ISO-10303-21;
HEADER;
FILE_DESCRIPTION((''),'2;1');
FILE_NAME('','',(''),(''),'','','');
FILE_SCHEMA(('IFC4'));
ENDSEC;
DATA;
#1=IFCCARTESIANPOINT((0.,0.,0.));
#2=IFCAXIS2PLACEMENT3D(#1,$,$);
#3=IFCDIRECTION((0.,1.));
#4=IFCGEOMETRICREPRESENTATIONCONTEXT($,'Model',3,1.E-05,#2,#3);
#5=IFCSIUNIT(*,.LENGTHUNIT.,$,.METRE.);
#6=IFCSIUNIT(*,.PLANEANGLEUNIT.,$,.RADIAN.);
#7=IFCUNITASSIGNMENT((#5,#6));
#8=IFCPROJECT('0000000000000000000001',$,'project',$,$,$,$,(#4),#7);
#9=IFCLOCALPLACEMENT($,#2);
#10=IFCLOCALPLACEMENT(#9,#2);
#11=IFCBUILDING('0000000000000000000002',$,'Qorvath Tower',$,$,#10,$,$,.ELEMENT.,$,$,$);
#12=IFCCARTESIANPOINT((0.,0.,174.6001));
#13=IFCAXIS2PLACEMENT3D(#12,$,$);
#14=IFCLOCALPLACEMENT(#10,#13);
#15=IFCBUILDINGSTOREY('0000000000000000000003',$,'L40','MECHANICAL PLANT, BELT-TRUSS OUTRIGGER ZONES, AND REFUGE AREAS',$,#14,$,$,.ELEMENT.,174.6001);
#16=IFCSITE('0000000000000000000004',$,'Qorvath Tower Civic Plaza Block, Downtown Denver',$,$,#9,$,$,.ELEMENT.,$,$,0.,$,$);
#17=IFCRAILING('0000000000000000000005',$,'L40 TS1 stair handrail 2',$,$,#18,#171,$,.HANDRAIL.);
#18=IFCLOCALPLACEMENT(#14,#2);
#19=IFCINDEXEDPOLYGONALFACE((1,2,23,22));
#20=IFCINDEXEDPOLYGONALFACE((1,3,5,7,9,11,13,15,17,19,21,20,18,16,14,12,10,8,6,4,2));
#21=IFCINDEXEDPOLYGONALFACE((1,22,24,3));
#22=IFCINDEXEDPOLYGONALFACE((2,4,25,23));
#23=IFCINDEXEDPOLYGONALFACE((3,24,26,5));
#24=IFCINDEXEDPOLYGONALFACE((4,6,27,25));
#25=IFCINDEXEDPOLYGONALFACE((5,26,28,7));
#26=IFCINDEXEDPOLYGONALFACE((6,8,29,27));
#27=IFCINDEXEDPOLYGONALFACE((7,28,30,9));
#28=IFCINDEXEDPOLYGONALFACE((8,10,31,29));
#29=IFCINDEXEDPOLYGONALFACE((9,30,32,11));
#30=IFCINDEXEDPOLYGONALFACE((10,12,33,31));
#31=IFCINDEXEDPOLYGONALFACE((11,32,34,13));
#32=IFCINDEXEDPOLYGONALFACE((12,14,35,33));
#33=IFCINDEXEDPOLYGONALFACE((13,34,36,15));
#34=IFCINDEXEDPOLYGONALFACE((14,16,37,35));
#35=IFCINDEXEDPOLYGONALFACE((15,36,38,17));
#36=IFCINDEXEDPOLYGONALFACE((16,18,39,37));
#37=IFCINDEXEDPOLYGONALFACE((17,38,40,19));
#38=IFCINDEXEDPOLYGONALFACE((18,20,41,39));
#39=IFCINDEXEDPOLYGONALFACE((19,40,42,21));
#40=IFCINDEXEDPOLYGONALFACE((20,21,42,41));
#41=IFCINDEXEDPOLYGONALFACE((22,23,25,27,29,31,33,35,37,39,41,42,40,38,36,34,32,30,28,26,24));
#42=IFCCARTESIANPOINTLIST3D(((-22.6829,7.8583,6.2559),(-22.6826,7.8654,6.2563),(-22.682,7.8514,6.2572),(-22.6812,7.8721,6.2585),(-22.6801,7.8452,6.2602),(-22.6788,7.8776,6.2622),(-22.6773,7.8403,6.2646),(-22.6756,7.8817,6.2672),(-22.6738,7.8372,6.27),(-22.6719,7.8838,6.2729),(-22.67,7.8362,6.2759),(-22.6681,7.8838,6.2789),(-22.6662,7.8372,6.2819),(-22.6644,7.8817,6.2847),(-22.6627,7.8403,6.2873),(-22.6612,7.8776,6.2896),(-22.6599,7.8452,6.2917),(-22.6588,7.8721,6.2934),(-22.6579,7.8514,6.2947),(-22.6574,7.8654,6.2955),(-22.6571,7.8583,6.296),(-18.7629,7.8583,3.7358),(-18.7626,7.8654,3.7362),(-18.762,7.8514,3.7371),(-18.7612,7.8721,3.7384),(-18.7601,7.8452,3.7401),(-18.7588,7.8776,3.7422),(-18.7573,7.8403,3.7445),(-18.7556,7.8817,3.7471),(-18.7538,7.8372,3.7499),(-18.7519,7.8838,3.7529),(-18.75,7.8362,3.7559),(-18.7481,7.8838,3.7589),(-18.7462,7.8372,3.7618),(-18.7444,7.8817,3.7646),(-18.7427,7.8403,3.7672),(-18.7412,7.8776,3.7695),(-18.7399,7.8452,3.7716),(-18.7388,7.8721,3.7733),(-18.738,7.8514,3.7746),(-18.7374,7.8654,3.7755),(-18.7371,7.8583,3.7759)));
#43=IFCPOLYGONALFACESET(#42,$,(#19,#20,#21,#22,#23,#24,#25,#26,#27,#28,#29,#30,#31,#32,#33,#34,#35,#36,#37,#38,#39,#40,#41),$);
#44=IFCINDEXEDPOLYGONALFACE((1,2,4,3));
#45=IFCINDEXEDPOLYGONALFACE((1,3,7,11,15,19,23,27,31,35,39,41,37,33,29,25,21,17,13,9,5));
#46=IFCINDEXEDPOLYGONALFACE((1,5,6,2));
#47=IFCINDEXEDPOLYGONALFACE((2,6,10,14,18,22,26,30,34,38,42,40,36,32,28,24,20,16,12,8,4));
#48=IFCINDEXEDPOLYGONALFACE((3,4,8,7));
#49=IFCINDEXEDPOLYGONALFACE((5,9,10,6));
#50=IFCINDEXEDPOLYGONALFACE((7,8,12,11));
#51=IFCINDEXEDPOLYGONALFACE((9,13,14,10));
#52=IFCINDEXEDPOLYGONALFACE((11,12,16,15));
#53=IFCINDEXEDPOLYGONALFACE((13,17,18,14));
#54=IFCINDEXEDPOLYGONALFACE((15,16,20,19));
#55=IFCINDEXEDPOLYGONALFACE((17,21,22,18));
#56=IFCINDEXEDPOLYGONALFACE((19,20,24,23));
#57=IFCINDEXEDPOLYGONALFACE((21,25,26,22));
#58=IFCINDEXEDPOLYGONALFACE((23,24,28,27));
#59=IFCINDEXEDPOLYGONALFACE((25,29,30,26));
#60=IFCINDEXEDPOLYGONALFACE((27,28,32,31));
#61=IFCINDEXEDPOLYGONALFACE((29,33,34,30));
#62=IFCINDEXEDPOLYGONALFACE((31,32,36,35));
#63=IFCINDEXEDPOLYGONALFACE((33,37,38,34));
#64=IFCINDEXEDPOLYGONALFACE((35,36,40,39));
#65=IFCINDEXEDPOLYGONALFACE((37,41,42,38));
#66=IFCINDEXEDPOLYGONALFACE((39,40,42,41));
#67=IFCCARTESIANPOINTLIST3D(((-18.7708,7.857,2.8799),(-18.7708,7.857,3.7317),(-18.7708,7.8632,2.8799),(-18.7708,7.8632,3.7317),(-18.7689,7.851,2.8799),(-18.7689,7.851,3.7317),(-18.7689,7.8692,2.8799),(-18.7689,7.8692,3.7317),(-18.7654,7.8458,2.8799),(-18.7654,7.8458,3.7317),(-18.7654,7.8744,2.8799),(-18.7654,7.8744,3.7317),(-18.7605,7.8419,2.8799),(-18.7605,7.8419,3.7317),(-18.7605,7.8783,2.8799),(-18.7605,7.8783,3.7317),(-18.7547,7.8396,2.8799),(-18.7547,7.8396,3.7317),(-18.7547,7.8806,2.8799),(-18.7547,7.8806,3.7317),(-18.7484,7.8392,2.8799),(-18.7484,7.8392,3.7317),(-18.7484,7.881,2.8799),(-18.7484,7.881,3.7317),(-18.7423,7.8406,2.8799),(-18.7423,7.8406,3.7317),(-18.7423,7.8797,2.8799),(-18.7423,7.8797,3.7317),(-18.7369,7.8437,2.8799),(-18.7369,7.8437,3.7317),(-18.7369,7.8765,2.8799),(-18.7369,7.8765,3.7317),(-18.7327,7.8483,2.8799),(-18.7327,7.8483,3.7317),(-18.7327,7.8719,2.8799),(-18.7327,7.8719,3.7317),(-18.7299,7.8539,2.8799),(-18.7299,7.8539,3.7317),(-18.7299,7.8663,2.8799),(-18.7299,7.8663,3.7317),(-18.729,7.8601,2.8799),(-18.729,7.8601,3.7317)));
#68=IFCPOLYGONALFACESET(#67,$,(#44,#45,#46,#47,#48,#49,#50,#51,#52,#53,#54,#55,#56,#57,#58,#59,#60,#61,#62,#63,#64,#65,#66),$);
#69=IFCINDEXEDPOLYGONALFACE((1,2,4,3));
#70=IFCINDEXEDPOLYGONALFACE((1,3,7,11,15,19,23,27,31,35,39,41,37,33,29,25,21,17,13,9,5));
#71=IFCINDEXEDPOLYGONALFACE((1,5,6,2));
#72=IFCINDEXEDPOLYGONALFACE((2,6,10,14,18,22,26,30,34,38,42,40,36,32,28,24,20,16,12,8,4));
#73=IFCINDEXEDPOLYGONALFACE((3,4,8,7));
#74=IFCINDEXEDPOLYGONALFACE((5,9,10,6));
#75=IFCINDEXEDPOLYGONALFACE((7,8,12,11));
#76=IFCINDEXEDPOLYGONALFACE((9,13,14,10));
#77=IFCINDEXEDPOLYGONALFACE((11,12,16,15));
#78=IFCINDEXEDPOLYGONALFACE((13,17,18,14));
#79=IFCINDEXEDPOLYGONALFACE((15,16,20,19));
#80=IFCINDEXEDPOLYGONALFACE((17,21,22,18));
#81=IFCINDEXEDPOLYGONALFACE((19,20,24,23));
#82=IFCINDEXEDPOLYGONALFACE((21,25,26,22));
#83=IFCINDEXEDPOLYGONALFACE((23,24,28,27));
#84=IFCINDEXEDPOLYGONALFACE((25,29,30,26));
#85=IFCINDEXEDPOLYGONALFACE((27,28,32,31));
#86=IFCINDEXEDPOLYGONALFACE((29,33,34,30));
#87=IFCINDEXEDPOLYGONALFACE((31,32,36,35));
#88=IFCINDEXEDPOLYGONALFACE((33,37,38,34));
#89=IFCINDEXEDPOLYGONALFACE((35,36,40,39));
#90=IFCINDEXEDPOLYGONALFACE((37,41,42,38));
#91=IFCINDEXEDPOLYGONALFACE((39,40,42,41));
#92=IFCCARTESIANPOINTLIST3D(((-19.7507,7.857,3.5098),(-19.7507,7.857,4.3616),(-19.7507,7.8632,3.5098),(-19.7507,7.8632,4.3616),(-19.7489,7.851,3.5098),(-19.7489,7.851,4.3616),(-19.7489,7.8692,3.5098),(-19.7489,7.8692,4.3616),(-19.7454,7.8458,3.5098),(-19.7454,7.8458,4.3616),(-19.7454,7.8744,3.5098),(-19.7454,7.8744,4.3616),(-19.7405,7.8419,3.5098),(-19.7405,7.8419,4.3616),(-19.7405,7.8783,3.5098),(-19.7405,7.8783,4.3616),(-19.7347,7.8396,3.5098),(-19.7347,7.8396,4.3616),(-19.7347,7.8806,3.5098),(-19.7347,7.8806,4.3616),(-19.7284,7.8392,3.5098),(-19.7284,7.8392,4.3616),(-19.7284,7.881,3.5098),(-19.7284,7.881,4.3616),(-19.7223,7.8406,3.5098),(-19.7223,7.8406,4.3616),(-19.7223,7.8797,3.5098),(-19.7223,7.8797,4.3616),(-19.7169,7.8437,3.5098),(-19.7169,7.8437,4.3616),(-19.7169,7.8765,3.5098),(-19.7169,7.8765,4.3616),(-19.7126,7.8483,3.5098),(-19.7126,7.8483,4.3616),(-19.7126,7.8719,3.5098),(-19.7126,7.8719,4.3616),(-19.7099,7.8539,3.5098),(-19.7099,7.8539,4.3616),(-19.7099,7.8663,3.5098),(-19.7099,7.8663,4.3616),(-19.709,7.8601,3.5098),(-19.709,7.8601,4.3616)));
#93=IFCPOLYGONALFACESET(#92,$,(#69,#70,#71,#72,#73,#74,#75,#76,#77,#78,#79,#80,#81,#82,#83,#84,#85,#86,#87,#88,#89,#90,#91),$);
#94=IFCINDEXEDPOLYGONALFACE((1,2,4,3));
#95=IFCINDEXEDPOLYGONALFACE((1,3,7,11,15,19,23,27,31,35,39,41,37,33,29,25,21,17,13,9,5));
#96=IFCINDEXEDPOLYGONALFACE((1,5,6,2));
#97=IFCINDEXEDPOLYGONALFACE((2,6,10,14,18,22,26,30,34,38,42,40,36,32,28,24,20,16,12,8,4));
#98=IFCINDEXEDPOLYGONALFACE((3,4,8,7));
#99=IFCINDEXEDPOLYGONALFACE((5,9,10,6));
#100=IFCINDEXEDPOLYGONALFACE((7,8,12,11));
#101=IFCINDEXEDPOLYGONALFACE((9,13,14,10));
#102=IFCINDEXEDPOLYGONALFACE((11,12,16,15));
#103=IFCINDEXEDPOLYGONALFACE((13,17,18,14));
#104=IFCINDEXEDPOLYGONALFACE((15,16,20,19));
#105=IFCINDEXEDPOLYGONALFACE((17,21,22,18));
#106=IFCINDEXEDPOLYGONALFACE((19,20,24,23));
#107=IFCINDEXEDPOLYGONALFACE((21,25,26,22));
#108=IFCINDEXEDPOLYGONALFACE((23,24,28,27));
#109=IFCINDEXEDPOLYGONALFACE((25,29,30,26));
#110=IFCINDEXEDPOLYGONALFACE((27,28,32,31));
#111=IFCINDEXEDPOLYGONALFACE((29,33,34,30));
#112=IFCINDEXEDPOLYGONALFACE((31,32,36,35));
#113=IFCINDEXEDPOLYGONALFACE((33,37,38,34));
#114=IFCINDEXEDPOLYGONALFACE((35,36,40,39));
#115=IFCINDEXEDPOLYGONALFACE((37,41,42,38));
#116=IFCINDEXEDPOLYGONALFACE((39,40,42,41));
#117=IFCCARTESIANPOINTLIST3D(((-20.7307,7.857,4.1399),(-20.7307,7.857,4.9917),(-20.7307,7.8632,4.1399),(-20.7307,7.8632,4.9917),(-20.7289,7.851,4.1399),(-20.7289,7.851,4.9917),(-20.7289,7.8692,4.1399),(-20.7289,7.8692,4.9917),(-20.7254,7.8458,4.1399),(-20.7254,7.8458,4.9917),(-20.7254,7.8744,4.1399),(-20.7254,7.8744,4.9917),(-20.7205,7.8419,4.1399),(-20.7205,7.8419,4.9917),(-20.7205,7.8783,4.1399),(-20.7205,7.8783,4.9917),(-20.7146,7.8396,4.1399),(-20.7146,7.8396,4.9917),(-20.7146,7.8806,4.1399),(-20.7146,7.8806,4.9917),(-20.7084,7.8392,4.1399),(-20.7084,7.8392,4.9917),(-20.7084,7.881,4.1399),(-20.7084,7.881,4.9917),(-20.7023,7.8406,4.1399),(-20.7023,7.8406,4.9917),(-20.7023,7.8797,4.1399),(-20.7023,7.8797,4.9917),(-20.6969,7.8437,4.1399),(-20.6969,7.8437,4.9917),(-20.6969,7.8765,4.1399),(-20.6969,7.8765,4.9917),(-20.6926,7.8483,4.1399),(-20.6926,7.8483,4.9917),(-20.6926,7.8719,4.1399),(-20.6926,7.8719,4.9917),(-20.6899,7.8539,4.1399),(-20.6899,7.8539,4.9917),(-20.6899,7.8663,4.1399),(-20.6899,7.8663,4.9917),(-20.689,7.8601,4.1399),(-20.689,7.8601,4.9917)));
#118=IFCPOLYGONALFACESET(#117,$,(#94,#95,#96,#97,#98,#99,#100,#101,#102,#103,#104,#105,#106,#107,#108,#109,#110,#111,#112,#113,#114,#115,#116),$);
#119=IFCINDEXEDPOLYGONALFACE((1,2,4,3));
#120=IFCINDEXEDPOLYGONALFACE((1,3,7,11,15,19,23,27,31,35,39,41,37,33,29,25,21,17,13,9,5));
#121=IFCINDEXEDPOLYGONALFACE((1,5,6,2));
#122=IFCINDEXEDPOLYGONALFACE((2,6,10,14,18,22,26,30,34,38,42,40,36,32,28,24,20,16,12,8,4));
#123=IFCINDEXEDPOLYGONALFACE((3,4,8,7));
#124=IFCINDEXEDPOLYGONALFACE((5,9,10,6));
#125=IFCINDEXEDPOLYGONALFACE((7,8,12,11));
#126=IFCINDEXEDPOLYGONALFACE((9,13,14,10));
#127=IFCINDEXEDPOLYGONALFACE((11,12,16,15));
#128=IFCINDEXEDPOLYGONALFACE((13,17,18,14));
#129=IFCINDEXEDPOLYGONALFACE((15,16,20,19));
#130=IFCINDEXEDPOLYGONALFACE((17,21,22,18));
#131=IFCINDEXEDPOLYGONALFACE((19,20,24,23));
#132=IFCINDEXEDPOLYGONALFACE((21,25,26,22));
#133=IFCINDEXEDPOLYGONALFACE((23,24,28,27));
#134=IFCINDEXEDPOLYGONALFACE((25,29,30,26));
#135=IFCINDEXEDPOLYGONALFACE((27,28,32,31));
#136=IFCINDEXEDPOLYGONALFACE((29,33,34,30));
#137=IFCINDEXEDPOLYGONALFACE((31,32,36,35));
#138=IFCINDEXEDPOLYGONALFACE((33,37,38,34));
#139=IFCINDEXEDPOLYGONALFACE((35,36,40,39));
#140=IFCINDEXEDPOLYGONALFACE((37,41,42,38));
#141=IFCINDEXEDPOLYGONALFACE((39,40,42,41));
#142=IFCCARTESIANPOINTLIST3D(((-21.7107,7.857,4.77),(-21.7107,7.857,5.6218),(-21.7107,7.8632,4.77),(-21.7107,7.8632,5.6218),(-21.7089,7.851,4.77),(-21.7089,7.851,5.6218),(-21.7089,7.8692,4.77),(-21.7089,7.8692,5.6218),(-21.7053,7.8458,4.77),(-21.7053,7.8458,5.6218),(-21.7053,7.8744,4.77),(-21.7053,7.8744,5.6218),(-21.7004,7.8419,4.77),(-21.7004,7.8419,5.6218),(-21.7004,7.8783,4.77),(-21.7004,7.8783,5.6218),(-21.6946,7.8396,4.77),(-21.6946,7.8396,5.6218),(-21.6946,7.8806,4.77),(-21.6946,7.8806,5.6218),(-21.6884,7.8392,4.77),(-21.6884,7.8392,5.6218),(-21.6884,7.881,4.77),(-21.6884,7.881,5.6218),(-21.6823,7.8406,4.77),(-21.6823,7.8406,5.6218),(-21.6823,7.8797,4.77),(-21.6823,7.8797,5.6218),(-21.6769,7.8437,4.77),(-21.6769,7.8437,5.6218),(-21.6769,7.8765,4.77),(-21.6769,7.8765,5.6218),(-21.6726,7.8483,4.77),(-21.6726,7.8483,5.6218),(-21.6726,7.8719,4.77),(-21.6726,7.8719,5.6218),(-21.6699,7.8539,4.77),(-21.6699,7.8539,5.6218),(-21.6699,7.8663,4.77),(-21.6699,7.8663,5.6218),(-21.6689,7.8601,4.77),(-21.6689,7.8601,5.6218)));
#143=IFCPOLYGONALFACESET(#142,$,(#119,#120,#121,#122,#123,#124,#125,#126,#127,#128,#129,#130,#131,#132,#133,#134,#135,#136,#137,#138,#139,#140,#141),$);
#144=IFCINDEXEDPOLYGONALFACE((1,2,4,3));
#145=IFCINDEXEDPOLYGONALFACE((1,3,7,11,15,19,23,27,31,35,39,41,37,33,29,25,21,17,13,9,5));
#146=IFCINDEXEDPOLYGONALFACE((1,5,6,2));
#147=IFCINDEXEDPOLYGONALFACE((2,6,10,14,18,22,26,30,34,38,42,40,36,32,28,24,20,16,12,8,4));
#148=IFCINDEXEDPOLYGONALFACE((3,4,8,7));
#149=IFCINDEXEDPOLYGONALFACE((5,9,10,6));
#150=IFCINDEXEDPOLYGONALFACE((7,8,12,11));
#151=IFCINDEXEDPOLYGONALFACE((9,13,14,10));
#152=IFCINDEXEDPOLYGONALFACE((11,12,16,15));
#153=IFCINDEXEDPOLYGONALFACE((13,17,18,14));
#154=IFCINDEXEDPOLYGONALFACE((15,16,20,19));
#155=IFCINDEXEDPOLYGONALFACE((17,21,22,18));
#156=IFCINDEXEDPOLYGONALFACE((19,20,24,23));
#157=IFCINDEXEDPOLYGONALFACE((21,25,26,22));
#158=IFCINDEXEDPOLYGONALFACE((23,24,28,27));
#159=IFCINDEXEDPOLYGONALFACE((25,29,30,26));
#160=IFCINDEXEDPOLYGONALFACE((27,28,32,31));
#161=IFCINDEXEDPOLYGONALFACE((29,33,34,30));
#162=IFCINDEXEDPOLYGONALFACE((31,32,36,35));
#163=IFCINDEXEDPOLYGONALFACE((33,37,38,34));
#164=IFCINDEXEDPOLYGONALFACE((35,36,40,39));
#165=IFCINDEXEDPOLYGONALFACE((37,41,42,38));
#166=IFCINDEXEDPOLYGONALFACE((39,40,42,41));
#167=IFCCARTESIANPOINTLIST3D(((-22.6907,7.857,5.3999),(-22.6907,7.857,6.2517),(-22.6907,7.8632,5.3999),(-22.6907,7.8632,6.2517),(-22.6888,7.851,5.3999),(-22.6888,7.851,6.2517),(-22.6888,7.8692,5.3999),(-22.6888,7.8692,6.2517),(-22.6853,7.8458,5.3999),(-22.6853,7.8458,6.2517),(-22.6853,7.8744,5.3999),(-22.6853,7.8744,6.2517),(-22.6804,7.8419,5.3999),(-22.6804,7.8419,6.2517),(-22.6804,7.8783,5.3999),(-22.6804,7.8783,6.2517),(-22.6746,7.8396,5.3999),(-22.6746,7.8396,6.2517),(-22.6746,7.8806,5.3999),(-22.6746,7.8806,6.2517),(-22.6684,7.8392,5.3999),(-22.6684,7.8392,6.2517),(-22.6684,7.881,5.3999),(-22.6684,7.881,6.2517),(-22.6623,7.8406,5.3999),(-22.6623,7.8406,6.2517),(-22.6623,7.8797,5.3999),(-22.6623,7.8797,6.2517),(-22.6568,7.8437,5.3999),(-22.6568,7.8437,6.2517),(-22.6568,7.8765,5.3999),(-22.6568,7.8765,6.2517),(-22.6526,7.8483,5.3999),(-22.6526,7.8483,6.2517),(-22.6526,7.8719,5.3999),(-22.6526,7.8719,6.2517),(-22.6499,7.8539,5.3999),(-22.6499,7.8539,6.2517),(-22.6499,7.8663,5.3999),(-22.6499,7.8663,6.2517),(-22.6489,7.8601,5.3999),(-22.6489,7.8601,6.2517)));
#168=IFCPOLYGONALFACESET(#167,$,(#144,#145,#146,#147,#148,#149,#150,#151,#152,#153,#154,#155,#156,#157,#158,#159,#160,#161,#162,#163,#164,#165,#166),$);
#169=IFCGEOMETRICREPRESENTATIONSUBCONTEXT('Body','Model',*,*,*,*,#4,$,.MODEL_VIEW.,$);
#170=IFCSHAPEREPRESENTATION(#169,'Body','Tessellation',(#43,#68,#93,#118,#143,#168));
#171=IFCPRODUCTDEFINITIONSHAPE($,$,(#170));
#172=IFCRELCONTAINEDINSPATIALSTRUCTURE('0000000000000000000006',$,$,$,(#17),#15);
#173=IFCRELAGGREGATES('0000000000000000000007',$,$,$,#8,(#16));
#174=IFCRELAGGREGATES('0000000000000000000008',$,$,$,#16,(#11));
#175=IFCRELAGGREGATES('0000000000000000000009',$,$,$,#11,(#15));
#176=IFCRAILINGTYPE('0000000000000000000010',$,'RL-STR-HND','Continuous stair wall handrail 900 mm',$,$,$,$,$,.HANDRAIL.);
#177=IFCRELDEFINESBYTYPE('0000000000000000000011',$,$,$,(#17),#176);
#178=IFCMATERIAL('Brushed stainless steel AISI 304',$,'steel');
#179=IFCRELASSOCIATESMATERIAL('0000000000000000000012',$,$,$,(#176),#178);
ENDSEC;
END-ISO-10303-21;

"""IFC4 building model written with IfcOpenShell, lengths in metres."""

from ifc_helpers import new_model, si_unit, direction, frame, origin, origin_2d, place, context, subcontext, project, spatial, circle, extrude, material, type_object, element, save


model = new_model("IFC4")

# Units and contexts
model_context = context("Model", 3, precision=1e-05, world=origin(), true_north=direction((0.0, 1.0)))
body_context = subcontext(model_context, "Body", "Model", "MODEL_VIEW")
ifc_project = project(units=[si_unit("LENGTHUNIT", "METRE"), si_unit("PLANEANGLEUNIT", "RADIAN")], contexts=[model_context])

# Site, building, storey
site_placement = place(None, origin())
site = spatial("IfcSite", under=ifc_project, at=site_placement, Name="Qorvath Tower Civic Plaza Block, Downtown Denver", CompositionType="ELEMENT", RefElevation=0.0)
building_placement = place(site_placement, origin())
building = spatial("IfcBuilding", under=site, at=building_placement, Name="Qorvath Tower", CompositionType="ELEMENT")
storey_placement = place(building_placement, frame((0.0, 0.0, 174.6001)))
storey = spatial("IfcBuildingStorey", under=building, at=storey_placement, Name="L40", Description="MECHANICAL PLANT, BELT-TRUSS OUTRIGGER ZONES, AND REFUGE AREAS", CompositionType="ELEMENT", Elevation=174.6001)

# Railing
ifc_material_1 = material(Name="Brushed stainless steel AISI 304", Category="steel")
railing_type_1 = type_object("IfcRailingType", Name="RL-STR-HND", Description="Continuous stair wall handrail 900 mm", PredefinedType="HANDRAIL", material=ifc_material_1)
railing_1_placement = place(storey_placement, frame((-18.75, 7.8601, 2.8799)))
element("IfcRailing", 1, at=railing_1_placement, inside=storey, type_object=railing_type_1, Name="L40 TS1 stair handrail 2", PredefinedType="HANDRAIL", context=body_context, shape_type="SweptSolid", body=[
    extrude(circle(Radius=0.0239, at=origin_2d()), frame((0.0, 0.0, 0.876), z_axis=(-0.841172, 0.0, 0.540768), x_axis=(0.0, -1.0, 0.0)), (0.0, 0.0, 1.0), 4.6602),
    extrude(circle(Radius=0.021, at=origin_2d()), origin(), (0.0, 0.0, 1.0), 0.8518),
    extrude(circle(Radius=0.021, at=origin_2d()), frame((-0.98, 0.0, 0.6299)), (0.0, 0.0, 1.0), 0.8518),
    extrude(circle(Radius=0.021, at=origin_2d()), frame((-1.96, 0.0, 1.26)), (0.0, 0.0, 1.0), 0.8518),
    extrude(circle(Radius=0.021, at=origin_2d()), frame((-2.9399, 0.0, 1.8901)), (0.0, 0.0, 1.0), 0.8518),
    extrude(circle(Radius=0.021, at=origin_2d()), frame((-3.9199, 0.0, 2.52)), (0.0, 0.0, 1.0), 0.8518),
])

save(model, "model.ifc")
